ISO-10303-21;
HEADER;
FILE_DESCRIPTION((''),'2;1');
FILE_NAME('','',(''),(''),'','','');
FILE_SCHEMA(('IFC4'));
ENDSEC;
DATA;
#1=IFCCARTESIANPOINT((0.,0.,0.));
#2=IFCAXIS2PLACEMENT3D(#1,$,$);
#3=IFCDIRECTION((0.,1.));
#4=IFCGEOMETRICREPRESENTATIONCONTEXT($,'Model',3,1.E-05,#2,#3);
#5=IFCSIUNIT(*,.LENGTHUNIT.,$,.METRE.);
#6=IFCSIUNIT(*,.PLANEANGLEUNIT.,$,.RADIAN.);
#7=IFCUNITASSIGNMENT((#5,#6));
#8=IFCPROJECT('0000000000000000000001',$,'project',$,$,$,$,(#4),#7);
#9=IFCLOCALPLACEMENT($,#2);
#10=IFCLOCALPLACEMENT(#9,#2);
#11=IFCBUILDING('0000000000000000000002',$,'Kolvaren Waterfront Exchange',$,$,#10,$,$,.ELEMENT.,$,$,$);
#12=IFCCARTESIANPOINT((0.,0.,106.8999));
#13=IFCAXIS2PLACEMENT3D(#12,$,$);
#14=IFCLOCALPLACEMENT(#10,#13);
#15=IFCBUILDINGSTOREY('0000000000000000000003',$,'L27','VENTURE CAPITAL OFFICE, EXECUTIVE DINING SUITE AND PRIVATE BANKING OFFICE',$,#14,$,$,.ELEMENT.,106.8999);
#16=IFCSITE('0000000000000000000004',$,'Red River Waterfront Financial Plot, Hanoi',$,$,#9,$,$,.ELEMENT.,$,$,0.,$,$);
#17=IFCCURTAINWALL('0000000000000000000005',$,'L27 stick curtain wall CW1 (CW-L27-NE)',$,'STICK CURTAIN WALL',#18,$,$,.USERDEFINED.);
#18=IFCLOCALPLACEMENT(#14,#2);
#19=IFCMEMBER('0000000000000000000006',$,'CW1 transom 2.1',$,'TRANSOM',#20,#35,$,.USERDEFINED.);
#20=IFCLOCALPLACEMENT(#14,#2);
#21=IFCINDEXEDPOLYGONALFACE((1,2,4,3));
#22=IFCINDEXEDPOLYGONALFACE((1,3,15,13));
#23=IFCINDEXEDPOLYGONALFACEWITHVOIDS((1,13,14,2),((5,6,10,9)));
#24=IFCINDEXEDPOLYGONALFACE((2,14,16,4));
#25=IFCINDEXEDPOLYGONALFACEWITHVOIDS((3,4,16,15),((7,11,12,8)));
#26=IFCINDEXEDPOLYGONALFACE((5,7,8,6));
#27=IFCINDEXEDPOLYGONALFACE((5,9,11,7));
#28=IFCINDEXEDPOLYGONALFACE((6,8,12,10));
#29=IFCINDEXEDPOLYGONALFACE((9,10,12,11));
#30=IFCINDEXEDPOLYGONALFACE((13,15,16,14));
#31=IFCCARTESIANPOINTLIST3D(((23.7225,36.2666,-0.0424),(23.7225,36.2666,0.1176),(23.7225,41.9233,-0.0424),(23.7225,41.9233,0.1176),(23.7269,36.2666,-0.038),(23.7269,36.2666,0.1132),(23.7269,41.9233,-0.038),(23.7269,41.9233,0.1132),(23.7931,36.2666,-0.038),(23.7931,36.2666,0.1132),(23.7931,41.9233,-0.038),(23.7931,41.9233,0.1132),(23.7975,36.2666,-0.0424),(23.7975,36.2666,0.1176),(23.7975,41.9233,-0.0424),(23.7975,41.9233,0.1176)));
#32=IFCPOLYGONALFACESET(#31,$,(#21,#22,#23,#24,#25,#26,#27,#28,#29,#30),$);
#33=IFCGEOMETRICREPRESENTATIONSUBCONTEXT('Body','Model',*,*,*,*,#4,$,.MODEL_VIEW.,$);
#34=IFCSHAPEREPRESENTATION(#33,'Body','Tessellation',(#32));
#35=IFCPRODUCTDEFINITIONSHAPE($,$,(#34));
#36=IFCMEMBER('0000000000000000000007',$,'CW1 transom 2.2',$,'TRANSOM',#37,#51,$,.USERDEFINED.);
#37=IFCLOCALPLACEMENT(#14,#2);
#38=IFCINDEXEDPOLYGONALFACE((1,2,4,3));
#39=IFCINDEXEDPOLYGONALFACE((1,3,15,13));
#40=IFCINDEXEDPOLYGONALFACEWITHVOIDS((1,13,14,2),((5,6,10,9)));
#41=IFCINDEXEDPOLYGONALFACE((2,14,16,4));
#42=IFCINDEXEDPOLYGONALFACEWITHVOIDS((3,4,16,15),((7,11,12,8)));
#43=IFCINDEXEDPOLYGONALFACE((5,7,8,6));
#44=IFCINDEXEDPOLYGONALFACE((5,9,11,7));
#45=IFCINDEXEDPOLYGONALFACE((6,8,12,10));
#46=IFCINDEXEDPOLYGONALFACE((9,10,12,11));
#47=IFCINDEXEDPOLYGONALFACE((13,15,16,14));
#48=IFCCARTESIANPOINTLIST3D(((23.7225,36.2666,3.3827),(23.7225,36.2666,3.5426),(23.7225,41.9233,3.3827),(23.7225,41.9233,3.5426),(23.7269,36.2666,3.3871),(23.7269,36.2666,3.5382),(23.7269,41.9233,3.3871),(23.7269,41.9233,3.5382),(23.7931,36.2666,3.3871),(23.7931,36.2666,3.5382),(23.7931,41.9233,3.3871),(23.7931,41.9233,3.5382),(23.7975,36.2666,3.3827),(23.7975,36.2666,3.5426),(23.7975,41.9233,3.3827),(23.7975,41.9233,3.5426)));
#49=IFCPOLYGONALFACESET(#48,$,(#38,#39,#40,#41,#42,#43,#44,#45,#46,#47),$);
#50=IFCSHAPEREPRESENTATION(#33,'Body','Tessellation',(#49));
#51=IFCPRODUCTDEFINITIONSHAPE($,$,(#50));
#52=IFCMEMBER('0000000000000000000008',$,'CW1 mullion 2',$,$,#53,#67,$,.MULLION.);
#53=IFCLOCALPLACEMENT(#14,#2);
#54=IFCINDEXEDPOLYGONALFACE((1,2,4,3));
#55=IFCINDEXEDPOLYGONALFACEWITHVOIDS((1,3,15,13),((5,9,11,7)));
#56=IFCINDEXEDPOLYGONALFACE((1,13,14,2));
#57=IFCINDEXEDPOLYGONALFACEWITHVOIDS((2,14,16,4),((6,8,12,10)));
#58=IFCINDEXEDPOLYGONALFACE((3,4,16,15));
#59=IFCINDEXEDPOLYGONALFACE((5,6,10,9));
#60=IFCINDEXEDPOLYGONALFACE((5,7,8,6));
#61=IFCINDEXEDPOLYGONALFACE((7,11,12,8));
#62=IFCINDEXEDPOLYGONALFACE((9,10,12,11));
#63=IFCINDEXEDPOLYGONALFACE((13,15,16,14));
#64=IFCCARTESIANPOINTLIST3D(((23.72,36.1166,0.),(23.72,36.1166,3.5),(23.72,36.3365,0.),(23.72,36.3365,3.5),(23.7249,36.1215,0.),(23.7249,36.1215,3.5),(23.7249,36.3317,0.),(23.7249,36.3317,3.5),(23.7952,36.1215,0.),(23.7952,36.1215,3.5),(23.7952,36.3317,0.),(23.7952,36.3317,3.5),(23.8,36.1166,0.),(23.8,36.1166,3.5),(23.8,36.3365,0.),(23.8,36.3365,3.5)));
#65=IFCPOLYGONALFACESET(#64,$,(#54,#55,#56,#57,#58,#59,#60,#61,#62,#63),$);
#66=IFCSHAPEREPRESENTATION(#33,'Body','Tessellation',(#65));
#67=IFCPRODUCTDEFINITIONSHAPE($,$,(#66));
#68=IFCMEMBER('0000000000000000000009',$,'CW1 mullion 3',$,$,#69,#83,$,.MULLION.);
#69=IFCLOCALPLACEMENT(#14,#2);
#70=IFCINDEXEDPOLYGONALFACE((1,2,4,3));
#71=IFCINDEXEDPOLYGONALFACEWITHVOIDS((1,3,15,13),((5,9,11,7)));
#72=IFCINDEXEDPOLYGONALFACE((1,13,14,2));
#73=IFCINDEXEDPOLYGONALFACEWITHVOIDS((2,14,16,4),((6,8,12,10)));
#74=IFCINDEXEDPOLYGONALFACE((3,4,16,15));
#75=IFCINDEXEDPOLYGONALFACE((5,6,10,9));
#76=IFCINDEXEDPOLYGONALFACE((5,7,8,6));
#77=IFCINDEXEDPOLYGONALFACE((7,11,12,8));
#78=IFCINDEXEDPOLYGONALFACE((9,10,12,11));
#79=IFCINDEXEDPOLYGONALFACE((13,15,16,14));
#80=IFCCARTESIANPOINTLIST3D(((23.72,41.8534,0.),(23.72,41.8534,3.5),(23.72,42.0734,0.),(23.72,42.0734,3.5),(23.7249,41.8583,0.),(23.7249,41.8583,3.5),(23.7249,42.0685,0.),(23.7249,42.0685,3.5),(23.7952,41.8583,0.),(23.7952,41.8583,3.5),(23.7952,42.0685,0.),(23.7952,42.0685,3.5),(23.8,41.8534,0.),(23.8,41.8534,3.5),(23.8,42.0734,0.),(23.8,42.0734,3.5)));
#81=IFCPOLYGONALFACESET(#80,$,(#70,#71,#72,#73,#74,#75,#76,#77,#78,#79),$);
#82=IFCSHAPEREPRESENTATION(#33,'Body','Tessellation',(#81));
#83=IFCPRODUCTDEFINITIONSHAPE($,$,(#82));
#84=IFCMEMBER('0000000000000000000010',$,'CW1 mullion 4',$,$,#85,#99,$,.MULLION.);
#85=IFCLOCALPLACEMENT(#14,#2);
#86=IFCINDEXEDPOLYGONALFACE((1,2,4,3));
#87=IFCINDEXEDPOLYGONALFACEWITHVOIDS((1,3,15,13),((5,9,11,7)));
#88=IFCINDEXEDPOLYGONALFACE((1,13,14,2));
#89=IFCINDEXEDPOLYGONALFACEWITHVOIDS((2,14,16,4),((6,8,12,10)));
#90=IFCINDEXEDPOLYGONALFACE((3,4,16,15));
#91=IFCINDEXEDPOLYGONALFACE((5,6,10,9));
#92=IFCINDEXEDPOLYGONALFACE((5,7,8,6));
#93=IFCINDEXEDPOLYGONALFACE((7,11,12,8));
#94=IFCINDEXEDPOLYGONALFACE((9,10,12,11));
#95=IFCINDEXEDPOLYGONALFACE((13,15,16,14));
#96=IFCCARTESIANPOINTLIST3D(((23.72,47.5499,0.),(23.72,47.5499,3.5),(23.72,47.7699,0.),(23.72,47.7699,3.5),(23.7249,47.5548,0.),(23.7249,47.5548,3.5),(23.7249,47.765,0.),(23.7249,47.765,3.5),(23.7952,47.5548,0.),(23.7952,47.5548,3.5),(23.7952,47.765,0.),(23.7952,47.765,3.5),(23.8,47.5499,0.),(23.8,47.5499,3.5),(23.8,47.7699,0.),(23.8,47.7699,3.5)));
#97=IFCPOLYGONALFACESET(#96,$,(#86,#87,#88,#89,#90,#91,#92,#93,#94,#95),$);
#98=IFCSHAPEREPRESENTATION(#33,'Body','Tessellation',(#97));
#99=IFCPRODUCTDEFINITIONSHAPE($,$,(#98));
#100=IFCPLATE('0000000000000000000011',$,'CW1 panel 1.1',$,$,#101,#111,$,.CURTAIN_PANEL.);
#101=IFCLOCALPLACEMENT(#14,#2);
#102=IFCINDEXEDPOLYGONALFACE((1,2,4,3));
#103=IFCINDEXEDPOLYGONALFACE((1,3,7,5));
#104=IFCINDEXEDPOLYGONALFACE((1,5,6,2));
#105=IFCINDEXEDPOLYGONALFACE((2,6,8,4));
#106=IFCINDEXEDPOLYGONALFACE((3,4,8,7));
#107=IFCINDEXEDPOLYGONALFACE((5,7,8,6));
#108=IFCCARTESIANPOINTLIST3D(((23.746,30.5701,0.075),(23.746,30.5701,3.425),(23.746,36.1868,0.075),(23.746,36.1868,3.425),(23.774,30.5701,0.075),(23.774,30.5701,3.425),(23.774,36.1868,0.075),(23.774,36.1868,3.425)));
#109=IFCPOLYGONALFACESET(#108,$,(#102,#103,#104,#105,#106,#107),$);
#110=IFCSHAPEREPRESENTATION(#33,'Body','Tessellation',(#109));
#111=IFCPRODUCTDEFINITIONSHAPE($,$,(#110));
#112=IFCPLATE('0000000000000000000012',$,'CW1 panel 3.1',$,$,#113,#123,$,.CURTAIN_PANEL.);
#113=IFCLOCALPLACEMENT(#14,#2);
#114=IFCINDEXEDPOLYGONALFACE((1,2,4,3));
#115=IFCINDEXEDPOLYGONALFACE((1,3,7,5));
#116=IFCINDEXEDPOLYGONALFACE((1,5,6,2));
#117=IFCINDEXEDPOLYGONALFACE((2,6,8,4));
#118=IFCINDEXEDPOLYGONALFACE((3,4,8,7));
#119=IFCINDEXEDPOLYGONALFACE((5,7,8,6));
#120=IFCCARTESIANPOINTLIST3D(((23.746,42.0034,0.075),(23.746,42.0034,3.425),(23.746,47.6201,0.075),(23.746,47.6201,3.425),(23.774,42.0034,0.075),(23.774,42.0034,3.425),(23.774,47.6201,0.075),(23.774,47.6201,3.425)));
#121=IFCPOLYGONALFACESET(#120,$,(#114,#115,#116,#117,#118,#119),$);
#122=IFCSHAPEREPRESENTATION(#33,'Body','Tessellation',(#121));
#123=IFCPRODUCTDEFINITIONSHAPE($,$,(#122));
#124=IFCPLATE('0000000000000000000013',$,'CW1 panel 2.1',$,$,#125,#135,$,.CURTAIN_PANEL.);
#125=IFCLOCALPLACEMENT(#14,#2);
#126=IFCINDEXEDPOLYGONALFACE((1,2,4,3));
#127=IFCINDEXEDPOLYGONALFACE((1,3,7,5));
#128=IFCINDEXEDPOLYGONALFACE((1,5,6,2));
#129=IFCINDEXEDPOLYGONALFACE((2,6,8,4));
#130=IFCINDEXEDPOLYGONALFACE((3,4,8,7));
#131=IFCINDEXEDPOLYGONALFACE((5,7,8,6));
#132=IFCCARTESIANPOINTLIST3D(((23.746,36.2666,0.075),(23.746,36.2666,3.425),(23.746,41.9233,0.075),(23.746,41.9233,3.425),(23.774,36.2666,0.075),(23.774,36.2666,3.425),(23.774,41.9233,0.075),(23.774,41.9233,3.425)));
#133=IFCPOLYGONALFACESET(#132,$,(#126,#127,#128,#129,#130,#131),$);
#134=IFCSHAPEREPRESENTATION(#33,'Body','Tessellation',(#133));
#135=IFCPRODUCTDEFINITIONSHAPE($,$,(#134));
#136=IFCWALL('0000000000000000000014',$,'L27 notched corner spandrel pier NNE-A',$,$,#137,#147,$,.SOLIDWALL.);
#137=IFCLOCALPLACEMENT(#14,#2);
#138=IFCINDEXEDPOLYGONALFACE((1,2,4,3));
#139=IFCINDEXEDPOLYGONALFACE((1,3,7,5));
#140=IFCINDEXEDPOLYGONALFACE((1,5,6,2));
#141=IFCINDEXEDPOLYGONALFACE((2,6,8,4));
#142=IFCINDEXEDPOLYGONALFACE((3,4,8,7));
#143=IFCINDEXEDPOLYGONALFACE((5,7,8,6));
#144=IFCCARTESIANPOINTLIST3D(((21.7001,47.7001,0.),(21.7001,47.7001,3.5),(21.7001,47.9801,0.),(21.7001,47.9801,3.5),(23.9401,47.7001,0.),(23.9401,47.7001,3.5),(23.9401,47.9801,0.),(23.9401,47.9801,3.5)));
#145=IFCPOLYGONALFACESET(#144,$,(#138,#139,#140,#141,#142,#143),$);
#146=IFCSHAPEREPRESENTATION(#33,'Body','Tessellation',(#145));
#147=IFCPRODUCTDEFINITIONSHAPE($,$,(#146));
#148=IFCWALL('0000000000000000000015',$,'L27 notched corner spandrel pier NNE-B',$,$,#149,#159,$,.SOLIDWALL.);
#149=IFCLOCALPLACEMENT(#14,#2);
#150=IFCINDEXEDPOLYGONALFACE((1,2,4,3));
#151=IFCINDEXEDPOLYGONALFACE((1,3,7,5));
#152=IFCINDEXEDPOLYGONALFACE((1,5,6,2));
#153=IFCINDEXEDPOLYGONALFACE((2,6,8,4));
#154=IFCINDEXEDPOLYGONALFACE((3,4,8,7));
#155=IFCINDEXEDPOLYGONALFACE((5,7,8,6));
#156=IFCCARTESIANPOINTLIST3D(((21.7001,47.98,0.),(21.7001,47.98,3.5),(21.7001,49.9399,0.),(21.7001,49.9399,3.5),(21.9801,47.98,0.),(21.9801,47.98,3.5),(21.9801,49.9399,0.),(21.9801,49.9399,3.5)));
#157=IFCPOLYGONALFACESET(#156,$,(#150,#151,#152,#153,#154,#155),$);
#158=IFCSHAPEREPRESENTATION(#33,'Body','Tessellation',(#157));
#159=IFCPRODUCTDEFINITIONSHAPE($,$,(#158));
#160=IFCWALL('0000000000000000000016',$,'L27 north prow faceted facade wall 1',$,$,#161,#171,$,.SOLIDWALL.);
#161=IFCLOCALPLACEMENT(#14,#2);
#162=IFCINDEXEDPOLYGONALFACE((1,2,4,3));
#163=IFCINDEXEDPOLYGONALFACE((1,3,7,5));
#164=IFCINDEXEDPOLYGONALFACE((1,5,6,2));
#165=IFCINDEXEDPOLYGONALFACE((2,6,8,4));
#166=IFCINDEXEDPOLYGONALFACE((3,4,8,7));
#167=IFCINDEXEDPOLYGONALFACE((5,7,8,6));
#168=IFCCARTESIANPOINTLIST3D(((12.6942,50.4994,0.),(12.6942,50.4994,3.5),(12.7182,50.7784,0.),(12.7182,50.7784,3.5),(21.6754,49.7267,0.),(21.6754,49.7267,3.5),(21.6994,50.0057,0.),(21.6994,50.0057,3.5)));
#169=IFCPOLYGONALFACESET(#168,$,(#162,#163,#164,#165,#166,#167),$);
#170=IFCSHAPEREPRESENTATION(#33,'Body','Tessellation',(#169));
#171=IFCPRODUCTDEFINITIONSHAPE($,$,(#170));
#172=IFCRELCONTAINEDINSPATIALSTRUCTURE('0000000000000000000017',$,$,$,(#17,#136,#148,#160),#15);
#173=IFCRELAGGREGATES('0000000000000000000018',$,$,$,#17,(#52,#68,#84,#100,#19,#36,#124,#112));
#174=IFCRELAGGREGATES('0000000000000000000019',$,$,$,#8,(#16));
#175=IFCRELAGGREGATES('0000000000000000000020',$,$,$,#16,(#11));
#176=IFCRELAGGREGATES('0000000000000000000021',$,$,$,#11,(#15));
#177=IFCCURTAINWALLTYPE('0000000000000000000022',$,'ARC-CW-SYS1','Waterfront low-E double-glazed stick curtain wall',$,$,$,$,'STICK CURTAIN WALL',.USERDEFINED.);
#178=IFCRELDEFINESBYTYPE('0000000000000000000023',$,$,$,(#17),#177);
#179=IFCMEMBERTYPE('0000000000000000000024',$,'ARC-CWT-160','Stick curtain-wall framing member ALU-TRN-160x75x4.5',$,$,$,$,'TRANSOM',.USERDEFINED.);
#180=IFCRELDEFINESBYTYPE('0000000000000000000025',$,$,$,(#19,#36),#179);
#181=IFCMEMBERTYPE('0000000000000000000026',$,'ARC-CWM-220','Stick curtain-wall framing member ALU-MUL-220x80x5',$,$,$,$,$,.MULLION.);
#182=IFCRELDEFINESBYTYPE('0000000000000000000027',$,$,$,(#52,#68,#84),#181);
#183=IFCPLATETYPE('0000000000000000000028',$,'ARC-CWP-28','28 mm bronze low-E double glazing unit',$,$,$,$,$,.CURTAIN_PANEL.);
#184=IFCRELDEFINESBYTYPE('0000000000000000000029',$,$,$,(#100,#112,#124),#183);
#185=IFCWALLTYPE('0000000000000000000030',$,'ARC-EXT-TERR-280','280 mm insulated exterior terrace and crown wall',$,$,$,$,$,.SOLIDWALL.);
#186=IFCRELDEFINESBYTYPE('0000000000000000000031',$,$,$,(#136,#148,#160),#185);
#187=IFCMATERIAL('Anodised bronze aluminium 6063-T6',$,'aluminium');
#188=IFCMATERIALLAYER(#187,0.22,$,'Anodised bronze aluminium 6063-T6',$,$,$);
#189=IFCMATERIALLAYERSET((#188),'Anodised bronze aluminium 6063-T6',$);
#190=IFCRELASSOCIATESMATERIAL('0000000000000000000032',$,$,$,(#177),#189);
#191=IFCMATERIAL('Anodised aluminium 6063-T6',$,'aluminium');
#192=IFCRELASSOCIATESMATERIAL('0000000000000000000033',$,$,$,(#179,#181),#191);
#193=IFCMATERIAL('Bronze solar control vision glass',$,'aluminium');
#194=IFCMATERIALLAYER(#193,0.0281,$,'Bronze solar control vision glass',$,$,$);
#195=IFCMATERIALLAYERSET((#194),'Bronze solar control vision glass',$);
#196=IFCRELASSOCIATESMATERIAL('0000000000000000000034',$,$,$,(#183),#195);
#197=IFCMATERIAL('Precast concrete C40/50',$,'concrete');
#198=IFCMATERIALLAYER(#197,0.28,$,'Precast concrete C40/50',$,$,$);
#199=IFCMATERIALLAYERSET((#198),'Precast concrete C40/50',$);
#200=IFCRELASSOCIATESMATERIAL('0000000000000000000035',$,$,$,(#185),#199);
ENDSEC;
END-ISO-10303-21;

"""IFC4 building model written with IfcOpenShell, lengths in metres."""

from ifc_helpers import new_model, si_unit, direction, frame, frame_2d, origin, origin_with_axes, origin_2d, place, context, subcontext, project, spatial, rectangle, hollow_rectangle, extrude, source, transform, mapped, material, layer, layer_set, material_profile, profile_set, type_object, element, aggregate, save


model = new_model("IFC4")

# Units and contexts
model_context = context("Model", 3, precision=1e-05, world=origin(), true_north=direction((0.0, 1.0)))
body_context = subcontext(model_context, "Body", "Model", "MODEL_VIEW")
ifc_project = project(units=[si_unit("LENGTHUNIT", "METRE"), si_unit("PLANEANGLEUNIT", "RADIAN")], contexts=[model_context])

# Site, building, storey
site_placement = place(None, origin())
site = spatial("IfcSite", under=ifc_project, at=site_placement, Name="Red River Waterfront Financial Plot, Hanoi", CompositionType="ELEMENT", RefElevation=0.0)
building_placement = place(site_placement, origin())
building = spatial("IfcBuilding", under=site, at=building_placement, Name="Kolvaren Waterfront Exchange", CompositionType="ELEMENT")
storey_placement = place(building_placement, frame((0.0, 0.0, 106.8999)))
storey = spatial("IfcBuildingStorey", under=building, at=storey_placement, Name="L27", Description="VENTURE CAPITAL OFFICE, EXECUTIVE DINING SUITE AND PRIVATE BANKING OFFICE", CompositionType="ELEMENT", Elevation=106.8999)

# Curtain wall, members, plates
ifc_material_1 = material(Name="Anodised bronze aluminium 6063-T6", Category="aluminium")
ifc_layer_1 = layer(ifc_material_1, 0.22, Name="Anodised bronze aluminium 6063-T6")
ifc_layer_set_1 = layer_set([ifc_layer_1], Name="Anodised bronze aluminium 6063-T6")
curtain_wall_type = type_object("IfcCurtainWallType", Name="ARC-CW-SYS1", Description="Waterfront low-E double-glazed stick curtain wall", ElementType="STICK CURTAIN WALL", PredefinedType="USERDEFINED", material=ifc_layer_set_1)
curtain_wall_placement = place(storey_placement, origin())
curtain_wall = element("IfcCurtainWall", 1, at=curtain_wall_placement, inside=storey, type_object=curtain_wall_type, Name="L27 stick curtain wall CW1 (CW-L27-NE)", ObjectType="STICK CURTAIN WALL", PredefinedType="USERDEFINED")
ifc_material_2 = material(Name="Anodised aluminium 6063-T6", Category="aluminium")
ifc_material_profile_1 = material_profile(ifc_material_2, hollow_rectangle(XDim=0.075, YDim=0.1599, WallThickness=0.0044, at=origin_2d()), Name="ALU-TRN-160x75x4.5")
ifc_profile_set_1 = profile_set([ifc_material_profile_1], Name="Anodised aluminium 6063-T6")
member_type_1 = type_object("IfcMemberType", Name="ARC-CWT-160", Description="Stick curtain-wall framing member ALU-TRN-160x75x4.5", ElementType="TRANSOM", PredefinedType="USERDEFINED", material=ifc_profile_set_1)
shared_shape_1 = source(origin_with_axes(), body_context, "Body", "SweptSolid", [
    extrude(hollow_rectangle(XDim=0.075, YDim=0.1599, WallThickness=0.0044, at=origin_2d()), origin(), (0.0, 0.0, 1.0), 5.6567),
])
member_1_placement = place(storey_placement, frame((23.76, 36.2666, 0.0376), z_axis=(0.0, 1.0, 0.0), x_axis=(-1.0, 0.0, 0.0)))
member_1 = element("IfcMember", 2, at=member_1_placement, type_object=member_type_1, Name="CW1 transom 2.1", ObjectType="TRANSOM", PredefinedType="USERDEFINED", context=body_context, shape_type="MappedRepresentation", body=[
    mapped(shared_shape_1, transform((0.0, 0.0, 0.0), x_axis=(1.0, 0.0, 0.0), y_axis=(0.0, 1.0, 0.0), z_axis=(0.0, 0.0, 1.0), scale=1.0)),
])
member_2_placement = place(storey_placement, frame((23.76, 36.2666, 3.4626), z_axis=(0.0, 1.0, 0.0), x_axis=(-1.0, 0.0, 0.0)))
member_2 = element("IfcMember", 3, at=member_2_placement, type_object=member_type_1, Name="CW1 transom 2.2", ObjectType="TRANSOM", PredefinedType="USERDEFINED", context=body_context, shape_type="MappedRepresentation", body=[
    mapped(shared_shape_1, transform((0.0, 0.0, 0.0), x_axis=(1.0, 0.0, 0.0), y_axis=(0.0, 1.0, 0.0), z_axis=(0.0, 0.0, 1.0), scale=1.0)),
])
ifc_material_profile_2 = material_profile(ifc_material_2, hollow_rectangle(XDim=0.0801, YDim=0.22, WallThickness=0.0049, at=origin_2d()), Name="ALU-MUL-220x80x5")
ifc_profile_set_2 = profile_set([ifc_material_profile_2], Name="Anodised aluminium 6063-T6")
member_type_2 = type_object("IfcMemberType", Name="ARC-CWM-220", Description="Stick curtain-wall framing member ALU-MUL-220x80x5", PredefinedType="MULLION", material=ifc_profile_set_2)
shared_shape_2 = source(origin_with_axes(), body_context, "Body", "SweptSolid", [
    extrude(hollow_rectangle(XDim=0.0801, YDim=0.22, WallThickness=0.0049, at=origin_2d()), origin(), (0.0, 0.0, 1.0), 3.5),
])
member_3_placement = place(storey_placement, frame((23.76, 36.2266, 0.0), z_axis=(0.0, 0.0, 1.0), x_axis=(-1.0, 0.0, 0.0)))
member_3 = element("IfcMember", 4, at=member_3_placement, type_object=member_type_2, Name="CW1 mullion 2", PredefinedType="MULLION", context=body_context, shape_type="MappedRepresentation", body=[
    mapped(shared_shape_2, transform((0.0, 0.0, 0.0), x_axis=(1.0, 0.0, 0.0), y_axis=(0.0, 1.0, 0.0), z_axis=(0.0, 0.0, 1.0), scale=1.0)),
])
member_4_placement = place(storey_placement, frame((23.76, 41.9634, 0.0), z_axis=(0.0, 0.0, 1.0), x_axis=(-1.0, 0.0, 0.0)))
member_4 = element("IfcMember", 5, at=member_4_placement, type_object=member_type_2, Name="CW1 mullion 3", PredefinedType="MULLION", context=body_context, shape_type="MappedRepresentation", body=[
    mapped(shared_shape_2, transform((0.0, 0.0, 0.0), x_axis=(1.0, 0.0, 0.0), y_axis=(0.0, 1.0, 0.0), z_axis=(0.0, 0.0, 1.0), scale=1.0)),
])
member_5_placement = place(storey_placement, frame((23.76, 47.6599, 0.0), z_axis=(0.0, 0.0, 1.0), x_axis=(-1.0, 0.0, 0.0)))
member_5 = element("IfcMember", 6, at=member_5_placement, type_object=member_type_2, Name="CW1 mullion 4", PredefinedType="MULLION", context=body_context, shape_type="MappedRepresentation", body=[
    mapped(shared_shape_2, transform((0.0, 0.0, 0.0), x_axis=(1.0, 0.0, 0.0), y_axis=(0.0, 1.0, 0.0), z_axis=(0.0, 0.0, 1.0), scale=1.0)),
])
ifc_material_3 = material(Name="Bronze solar control vision glass", Category="aluminium")
ifc_layer_2 = layer(ifc_material_3, 0.0281, Name="Bronze solar control vision glass")
ifc_layer_set_2 = layer_set([ifc_layer_2], Name="Bronze solar control vision glass")
plate_type = type_object("IfcPlateType", Name="ARC-CWP-28", Description="28 mm bronze low-E double glazing unit", PredefinedType="CURTAIN_PANEL", material=ifc_layer_set_2)
shared_shape_3 = source(origin_with_axes(), body_context, "Body", "SweptSolid", [
    extrude(rectangle(XDim=5.6167, YDim=0.0281, at=origin_2d()), origin(), (0.0, 0.0, 1.0), 3.3501),
])
plate_1_placement = place(storey_placement, frame((23.76, 33.3784, 0.075), z_axis=(0.0, 0.0, 1.0), x_axis=(0.0, 1.0, 0.0)))
plate_1 = element("IfcPlate", 7, at=plate_1_placement, type_object=plate_type, Name="CW1 panel 1.1", PredefinedType="CURTAIN_PANEL", context=body_context, shape_type="MappedRepresentation", body=[
    mapped(shared_shape_3, transform((0.0, 0.0, 0.0), x_axis=(1.0, 0.0, 0.0), y_axis=(0.0, 1.0, 0.0), z_axis=(0.0, 0.0, 1.0), scale=1.0)),
])
plate_2_placement = place(storey_placement, frame((23.76, 44.8118, 0.075), z_axis=(0.0, 0.0, 1.0), x_axis=(0.0, 1.0, 0.0)))
plate_2 = element("IfcPlate", 8, at=plate_2_placement, type_object=plate_type, Name="CW1 panel 3.1", PredefinedType="CURTAIN_PANEL", context=body_context, shape_type="MappedRepresentation", body=[
    mapped(shared_shape_3, transform((0.0, 0.0, 0.0), x_axis=(1.0, 0.0, 0.0), y_axis=(0.0, 1.0, 0.0), z_axis=(0.0, 0.0, 1.0), scale=1.0)),
])
shared_shape_4 = source(origin_with_axes(), body_context, "Body", "SweptSolid", [
    extrude(rectangle(XDim=5.6567, YDim=0.0281, at=origin_2d()), origin(), (0.0, 0.0, 1.0), 3.3501),
])
plate_3_placement = place(storey_placement, frame((23.76, 39.095, 0.075), z_axis=(0.0, 0.0, 1.0), x_axis=(0.0, 1.0, 0.0)))
plate_3 = element("IfcPlate", 9, at=plate_3_placement, type_object=plate_type, Name="CW1 panel 2.1", PredefinedType="CURTAIN_PANEL", context=body_context, shape_type="MappedRepresentation", body=[
    mapped(shared_shape_4, transform((0.0, 0.0, 0.0), x_axis=(1.0, 0.0, 0.0), y_axis=(0.0, 1.0, 0.0), z_axis=(0.0, 0.0, 1.0), scale=1.0)),
])
aggregate(curtain_wall, [member_3, member_4, member_5, plate_1, member_1, member_2, plate_3, plate_2])

# Walls
ifc_material_4 = material(Name="Precast concrete C40/50", Category="concrete")
ifc_layer_3 = layer(ifc_material_4, 0.28, Name="Precast concrete C40/50")
ifc_layer_set_3 = layer_set([ifc_layer_3], Name="Precast concrete C40/50")
wall_type = type_object("IfcWallType", Name="ARC-EXT-TERR-280", Description="280 mm insulated exterior terrace and crown wall", PredefinedType="SOLIDWALL", material=ifc_layer_set_3)
wall_1_placement = place(storey_placement, frame((21.7, 47.8401, 0.0), z_axis=(0.0, 0.0, 1.0), x_axis=(1.0, 0.0, 0.0)))
element("IfcWall", 10, at=wall_1_placement, inside=storey, type_object=wall_type, Name="L27 notched corner spandrel pier NNE-A", PredefinedType="SOLIDWALL", context=body_context, shape_type="SweptSolid", body=[
    extrude(rectangle(XDim=2.24, YDim=0.28, at=frame_2d((1.1201, 0.0))), origin(), (0.0, 0.0, 1.0), 3.5),
])
wall_2_placement = place(storey_placement, frame((21.8401, 47.98, 0.0), z_axis=(0.0, 0.0, 1.0), x_axis=(0.0, 1.0, 0.0)))
element("IfcWall", 11, at=wall_2_placement, inside=storey, type_object=wall_type, Name="L27 notched corner spandrel pier NNE-B", PredefinedType="SOLIDWALL", context=body_context, shape_type="SweptSolid", body=[
    extrude(rectangle(XDim=1.96, YDim=0.28, at=frame_2d((0.98, 0.0))), origin(), (0.0, 0.0, 1.0), 3.5),
])
wall_3_placement = place(storey_placement, frame((21.6875, 49.8662, 0.0), z_axis=(0.0, 0.0, 1.0), x_axis=(-0.996319, 0.085719, 0.0)))
element("IfcWall", 12, at=wall_3_placement, inside=storey, type_object=wall_type, Name="L27 north prow faceted facade wall 1", PredefinedType="SOLIDWALL", context=body_context, shape_type="SweptSolid", body=[
    extrude(rectangle(XDim=9.0144, YDim=0.28, at=frame_2d((4.5073, 0.0))), origin(), (0.0, 0.0, 1.0), 3.5),
])

save(model, "model.ifc")
